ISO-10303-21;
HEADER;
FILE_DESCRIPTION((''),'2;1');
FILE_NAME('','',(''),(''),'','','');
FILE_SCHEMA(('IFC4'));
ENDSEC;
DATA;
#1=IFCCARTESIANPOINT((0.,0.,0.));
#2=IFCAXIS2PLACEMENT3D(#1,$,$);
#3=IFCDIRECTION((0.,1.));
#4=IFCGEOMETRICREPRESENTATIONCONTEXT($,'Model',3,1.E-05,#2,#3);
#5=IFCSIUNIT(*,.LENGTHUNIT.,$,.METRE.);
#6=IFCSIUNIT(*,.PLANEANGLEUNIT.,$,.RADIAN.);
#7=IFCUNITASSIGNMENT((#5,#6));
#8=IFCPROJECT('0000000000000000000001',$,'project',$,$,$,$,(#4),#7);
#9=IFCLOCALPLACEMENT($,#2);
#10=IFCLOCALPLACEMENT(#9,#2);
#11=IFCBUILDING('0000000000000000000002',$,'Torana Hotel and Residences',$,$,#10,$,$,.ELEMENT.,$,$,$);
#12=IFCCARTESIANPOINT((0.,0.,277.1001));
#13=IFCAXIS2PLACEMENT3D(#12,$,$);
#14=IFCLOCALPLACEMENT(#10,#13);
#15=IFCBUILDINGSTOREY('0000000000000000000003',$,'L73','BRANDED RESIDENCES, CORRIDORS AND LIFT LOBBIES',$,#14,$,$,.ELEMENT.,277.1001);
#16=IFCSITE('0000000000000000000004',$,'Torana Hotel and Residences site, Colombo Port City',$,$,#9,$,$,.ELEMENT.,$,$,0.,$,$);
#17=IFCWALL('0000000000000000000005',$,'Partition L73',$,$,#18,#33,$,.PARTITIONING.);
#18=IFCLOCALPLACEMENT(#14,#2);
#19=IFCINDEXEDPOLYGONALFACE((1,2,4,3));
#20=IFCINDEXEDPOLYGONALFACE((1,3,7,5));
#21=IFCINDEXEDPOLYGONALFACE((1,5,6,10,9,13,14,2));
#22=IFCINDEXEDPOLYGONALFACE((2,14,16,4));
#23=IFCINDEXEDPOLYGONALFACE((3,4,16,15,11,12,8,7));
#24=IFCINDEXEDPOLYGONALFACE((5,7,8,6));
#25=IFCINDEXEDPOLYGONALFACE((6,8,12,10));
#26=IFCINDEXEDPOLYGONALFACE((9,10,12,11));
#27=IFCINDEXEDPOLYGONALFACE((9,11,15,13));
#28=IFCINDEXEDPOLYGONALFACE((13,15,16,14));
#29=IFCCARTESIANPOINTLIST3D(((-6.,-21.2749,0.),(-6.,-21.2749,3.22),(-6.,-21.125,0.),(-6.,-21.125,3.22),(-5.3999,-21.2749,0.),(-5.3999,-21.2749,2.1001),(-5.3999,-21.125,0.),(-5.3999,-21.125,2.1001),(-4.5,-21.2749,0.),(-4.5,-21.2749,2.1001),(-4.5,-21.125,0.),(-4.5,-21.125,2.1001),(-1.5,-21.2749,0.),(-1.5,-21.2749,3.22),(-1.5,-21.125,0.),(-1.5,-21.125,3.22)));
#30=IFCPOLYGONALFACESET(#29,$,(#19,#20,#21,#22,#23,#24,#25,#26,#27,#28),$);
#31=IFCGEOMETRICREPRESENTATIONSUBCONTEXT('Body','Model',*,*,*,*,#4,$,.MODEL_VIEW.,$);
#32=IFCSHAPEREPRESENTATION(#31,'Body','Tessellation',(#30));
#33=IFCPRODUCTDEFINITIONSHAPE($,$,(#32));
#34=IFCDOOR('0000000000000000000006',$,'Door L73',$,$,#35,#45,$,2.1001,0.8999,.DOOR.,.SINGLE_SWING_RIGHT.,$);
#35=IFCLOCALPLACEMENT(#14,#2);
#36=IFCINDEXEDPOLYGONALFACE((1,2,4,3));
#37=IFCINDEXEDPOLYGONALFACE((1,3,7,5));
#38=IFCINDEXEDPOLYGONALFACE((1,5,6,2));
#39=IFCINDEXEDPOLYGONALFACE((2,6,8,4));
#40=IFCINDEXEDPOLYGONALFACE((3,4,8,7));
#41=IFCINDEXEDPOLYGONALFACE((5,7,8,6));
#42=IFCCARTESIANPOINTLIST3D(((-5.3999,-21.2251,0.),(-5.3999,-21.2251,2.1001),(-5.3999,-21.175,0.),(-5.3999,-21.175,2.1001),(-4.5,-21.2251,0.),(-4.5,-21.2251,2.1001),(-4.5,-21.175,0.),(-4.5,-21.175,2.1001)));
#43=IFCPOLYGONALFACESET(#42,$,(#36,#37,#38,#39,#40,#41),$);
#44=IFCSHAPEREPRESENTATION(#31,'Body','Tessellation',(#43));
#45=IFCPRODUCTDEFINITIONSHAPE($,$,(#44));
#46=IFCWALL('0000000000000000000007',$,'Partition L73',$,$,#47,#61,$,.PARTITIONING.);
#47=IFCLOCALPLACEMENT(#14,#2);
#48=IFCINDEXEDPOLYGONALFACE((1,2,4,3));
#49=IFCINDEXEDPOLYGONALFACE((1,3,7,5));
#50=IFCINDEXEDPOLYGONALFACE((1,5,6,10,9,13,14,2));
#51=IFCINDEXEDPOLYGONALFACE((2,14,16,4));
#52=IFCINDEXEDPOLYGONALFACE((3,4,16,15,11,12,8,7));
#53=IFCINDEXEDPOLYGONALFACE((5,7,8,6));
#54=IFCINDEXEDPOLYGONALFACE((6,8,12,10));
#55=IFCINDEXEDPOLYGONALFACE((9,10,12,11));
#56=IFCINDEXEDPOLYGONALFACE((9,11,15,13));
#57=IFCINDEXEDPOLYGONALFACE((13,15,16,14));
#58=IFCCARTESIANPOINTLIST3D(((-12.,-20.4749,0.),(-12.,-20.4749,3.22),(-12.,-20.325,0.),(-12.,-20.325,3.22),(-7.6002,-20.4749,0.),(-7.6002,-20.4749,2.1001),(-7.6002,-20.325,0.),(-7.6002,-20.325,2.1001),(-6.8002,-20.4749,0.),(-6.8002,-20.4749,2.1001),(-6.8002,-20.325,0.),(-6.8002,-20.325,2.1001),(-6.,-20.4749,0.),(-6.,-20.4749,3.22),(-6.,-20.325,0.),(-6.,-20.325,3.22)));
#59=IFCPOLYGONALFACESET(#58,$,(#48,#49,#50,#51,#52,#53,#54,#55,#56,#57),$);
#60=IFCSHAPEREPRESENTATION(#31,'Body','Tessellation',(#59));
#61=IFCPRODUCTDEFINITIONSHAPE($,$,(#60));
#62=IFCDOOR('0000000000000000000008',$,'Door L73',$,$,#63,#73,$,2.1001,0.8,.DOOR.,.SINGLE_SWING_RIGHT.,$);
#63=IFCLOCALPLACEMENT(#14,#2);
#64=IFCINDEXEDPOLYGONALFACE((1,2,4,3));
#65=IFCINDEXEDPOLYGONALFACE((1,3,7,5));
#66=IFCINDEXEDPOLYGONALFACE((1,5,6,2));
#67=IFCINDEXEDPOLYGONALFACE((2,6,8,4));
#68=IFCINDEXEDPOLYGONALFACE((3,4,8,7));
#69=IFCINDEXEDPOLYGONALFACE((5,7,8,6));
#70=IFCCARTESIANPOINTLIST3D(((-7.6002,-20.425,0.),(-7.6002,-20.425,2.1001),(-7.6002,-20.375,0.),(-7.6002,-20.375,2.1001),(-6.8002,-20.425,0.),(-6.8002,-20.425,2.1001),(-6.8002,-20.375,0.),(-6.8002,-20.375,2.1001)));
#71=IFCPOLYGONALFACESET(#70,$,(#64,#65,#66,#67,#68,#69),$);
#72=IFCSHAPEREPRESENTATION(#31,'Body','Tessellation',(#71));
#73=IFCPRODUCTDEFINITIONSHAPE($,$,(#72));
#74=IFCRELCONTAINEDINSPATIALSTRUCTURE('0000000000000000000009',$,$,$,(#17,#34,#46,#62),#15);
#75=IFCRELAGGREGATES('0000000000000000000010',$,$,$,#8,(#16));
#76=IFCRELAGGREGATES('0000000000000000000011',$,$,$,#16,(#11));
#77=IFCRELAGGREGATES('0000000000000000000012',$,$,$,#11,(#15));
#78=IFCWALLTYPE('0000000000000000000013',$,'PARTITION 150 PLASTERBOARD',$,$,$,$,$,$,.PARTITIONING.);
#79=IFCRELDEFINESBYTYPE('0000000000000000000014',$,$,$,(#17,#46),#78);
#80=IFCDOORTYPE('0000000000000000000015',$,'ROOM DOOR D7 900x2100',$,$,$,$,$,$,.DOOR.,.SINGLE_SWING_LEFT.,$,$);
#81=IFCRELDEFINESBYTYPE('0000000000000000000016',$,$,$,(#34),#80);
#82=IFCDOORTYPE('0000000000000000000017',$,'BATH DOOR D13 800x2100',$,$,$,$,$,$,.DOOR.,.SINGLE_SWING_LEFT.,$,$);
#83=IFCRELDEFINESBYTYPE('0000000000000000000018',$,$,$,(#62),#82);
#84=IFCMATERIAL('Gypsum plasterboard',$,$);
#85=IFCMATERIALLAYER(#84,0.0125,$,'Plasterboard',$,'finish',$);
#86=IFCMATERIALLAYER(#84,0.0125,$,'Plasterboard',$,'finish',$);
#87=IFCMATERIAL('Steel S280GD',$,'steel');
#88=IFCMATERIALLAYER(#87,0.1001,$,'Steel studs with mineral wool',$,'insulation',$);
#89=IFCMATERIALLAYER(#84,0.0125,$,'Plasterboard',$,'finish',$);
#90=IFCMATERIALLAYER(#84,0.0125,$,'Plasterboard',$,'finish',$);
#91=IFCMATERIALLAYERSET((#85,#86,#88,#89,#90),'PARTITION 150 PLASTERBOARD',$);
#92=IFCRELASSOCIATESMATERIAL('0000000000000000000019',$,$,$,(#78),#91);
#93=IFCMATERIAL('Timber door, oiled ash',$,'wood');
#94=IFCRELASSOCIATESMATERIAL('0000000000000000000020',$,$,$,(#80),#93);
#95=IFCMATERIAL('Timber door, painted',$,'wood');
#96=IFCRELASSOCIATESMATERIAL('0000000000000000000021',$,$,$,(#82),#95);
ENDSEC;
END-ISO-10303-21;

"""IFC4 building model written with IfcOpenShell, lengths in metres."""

from ifc_helpers import new_model, si_unit, direction, frame, frame_2d, origin, place, context, subcontext, project, spatial, rectangle, extrude, material, layer, layer_set, type_object, element, fill, save


model = new_model("IFC4")

# Units and contexts
model_context = context("Model", 3, precision=1e-05, world=origin(), true_north=direction((0.0, 1.0)))
body_context = subcontext(model_context, "Body", "Model", "MODEL_VIEW")
ifc_project = project(units=[si_unit("LENGTHUNIT", "METRE"), si_unit("PLANEANGLEUNIT", "RADIAN")], contexts=[model_context])

# Site, building, storey
site_placement = place(None, origin())
site = spatial("IfcSite", under=ifc_project, at=site_placement, Name="Torana Hotel and Residences site, Colombo Port City", CompositionType="ELEMENT", RefElevation=0.0)
building_placement = place(site_placement, origin())
building = spatial("IfcBuilding", under=site, at=building_placement, Name="Torana Hotel and Residences", CompositionType="ELEMENT")
storey_placement = place(building_placement, frame((0.0, 0.0, 277.1001)))
storey = spatial("IfcBuildingStorey", under=building, at=storey_placement, Name="L73", Description="BRANDED RESIDENCES, CORRIDORS AND LIFT LOBBIES", CompositionType="ELEMENT", Elevation=277.1001)

# Shared definitions
ifc_material_1 = material(Name="Gypsum plasterboard")
ifc_layer_1 = layer(ifc_material_1, 0.0125, Name="Plasterboard", Category="finish")
ifc_layer_2 = layer(ifc_material_1, 0.0125, Name="Plasterboard", Category="finish")
ifc_material_2 = material(Name="Steel S280GD", Category="steel")
ifc_layer_3 = layer(ifc_material_2, 0.1001, Name="Steel studs with mineral wool", Category="insulation")
ifc_layer_4 = layer(ifc_material_1, 0.0125, Name="Plasterboard", Category="finish")
ifc_layer_5 = layer(ifc_material_1, 0.0125, Name="Plasterboard", Category="finish")
ifc_layer_set_1 = layer_set([ifc_layer_1, ifc_layer_2, ifc_layer_3, ifc_layer_4, ifc_layer_5], Name="PARTITION 150 PLASTERBOARD")
wall_type_1 = type_object("IfcWallType", Name="PARTITION 150 PLASTERBOARD", PredefinedType="PARTITIONING", material=ifc_layer_set_1)

# Walls, openings, doors
wall_1_placement = place(storey_placement, frame((-6.0, -21.2, 0.0), z_axis=(0.0, 0.0, 1.0), x_axis=(1.0, 0.0, 0.0)))
wall_1 = element("IfcWall", 1, at=wall_1_placement, inside=storey, type_object=wall_type_1, Name="Partition L73", PredefinedType="PARTITIONING", context=body_context, shape_type="SweptSolid", body=[
    extrude(rectangle(XDim=4.5, YDim=0.1499, at=frame_2d((2.25, 0.0))), origin(), (0.0, 0.0, 1.0), 3.22),
])
opening_1_placement = place(wall_1_placement, frame((0.6001, 0.0, 0.0)))
opening_1 = element("IfcOpeningElement", 2, at=opening_1_placement, cuts=wall_1, PredefinedType="OPENING", context=body_context, shape_type="SweptSolid", body=[
    extrude(rectangle(XDim=0.8999, YDim=2.1001, at=frame_2d((0.45, 1.05))), frame((0.0, 0.085, 0.0), z_axis=(0.0, -1.0, 0.0), x_axis=(1.0, 0.0, 0.0)), (0.0, 0.0, 1.0), 0.1699),
])
ifc_material_3 = material(Name="Timber door, oiled ash", Category="wood")
door_type_1 = type_object("IfcDoorType", Name="ROOM DOOR D7 900x2100", OperationType="SINGLE_SWING_LEFT", PredefinedType="DOOR", material=ifc_material_3)
door_1_placement = place(opening_1_placement, origin())
door_1 = element("IfcDoor", 3, at=door_1_placement, inside=storey, type_object=door_type_1, Name="Door L73", OperationType="SINGLE_SWING_RIGHT", OverallHeight=2.1001, OverallWidth=0.8999, PredefinedType="DOOR", context=body_context, shape_type="SweptSolid", body=[
    extrude(rectangle(XDim=0.8999, YDim=2.1001, at=frame_2d((0.45, 1.05))), frame((0.0, 0.0249, 0.0), z_axis=(0.0, -1.0, 0.0), x_axis=(1.0, 0.0, 0.0)), (0.0, 0.0, 1.0), 0.05),
])
fill(opening_1, door_1)
wall_2_placement = place(storey_placement, frame((-12.0, -20.3999, 0.0), z_axis=(0.0, 0.0, 1.0), x_axis=(1.0, 0.0, 0.0)))
wall_2 = element("IfcWall", 4, at=wall_2_placement, inside=storey, type_object=wall_type_1, Name="Partition L73", PredefinedType="PARTITIONING", context=body_context, shape_type="SweptSolid", body=[
    extrude(rectangle(XDim=6.0, YDim=0.1499, at=frame_2d((3.0, 0.0))), origin(), (0.0, 0.0, 1.0), 3.22),
])
opening_2_placement = place(wall_2_placement, frame((4.3999, 0.0, 0.0)))
opening_2 = element("IfcOpeningElement", 5, at=opening_2_placement, cuts=wall_2, PredefinedType="OPENING", context=body_context, shape_type="SweptSolid", body=[
    extrude(rectangle(XDim=0.8, YDim=2.1001, at=frame_2d((0.3999, 1.05))), frame((0.0, 0.085, 0.0), z_axis=(0.0, -1.0, 0.0), x_axis=(1.0, 0.0, 0.0)), (0.0, 0.0, 1.0), 0.1699),
])
ifc_material_4 = material(Name="Timber door, painted", Category="wood")
door_type_2 = type_object("IfcDoorType", Name="BATH DOOR D13 800x2100", OperationType="SINGLE_SWING_LEFT", PredefinedType="DOOR", material=ifc_material_4)
door_2_placement = place(opening_2_placement, origin())
door_2 = element("IfcDoor", 6, at=door_2_placement, inside=storey, type_object=door_type_2, Name="Door L73", OperationType="SINGLE_SWING_RIGHT", OverallHeight=2.1001, OverallWidth=0.8, PredefinedType="DOOR", context=body_context, shape_type="SweptSolid", body=[
    extrude(rectangle(XDim=0.8, YDim=2.1001, at=frame_2d((0.3999, 1.05))), frame((0.0, 0.0249, 0.0), z_axis=(0.0, -1.0, 0.0), x_axis=(1.0, 0.0, 0.0)), (0.0, 0.0, 1.0), 0.05),
])
fill(opening_2, door_2)

save(model, "model.ifc")
